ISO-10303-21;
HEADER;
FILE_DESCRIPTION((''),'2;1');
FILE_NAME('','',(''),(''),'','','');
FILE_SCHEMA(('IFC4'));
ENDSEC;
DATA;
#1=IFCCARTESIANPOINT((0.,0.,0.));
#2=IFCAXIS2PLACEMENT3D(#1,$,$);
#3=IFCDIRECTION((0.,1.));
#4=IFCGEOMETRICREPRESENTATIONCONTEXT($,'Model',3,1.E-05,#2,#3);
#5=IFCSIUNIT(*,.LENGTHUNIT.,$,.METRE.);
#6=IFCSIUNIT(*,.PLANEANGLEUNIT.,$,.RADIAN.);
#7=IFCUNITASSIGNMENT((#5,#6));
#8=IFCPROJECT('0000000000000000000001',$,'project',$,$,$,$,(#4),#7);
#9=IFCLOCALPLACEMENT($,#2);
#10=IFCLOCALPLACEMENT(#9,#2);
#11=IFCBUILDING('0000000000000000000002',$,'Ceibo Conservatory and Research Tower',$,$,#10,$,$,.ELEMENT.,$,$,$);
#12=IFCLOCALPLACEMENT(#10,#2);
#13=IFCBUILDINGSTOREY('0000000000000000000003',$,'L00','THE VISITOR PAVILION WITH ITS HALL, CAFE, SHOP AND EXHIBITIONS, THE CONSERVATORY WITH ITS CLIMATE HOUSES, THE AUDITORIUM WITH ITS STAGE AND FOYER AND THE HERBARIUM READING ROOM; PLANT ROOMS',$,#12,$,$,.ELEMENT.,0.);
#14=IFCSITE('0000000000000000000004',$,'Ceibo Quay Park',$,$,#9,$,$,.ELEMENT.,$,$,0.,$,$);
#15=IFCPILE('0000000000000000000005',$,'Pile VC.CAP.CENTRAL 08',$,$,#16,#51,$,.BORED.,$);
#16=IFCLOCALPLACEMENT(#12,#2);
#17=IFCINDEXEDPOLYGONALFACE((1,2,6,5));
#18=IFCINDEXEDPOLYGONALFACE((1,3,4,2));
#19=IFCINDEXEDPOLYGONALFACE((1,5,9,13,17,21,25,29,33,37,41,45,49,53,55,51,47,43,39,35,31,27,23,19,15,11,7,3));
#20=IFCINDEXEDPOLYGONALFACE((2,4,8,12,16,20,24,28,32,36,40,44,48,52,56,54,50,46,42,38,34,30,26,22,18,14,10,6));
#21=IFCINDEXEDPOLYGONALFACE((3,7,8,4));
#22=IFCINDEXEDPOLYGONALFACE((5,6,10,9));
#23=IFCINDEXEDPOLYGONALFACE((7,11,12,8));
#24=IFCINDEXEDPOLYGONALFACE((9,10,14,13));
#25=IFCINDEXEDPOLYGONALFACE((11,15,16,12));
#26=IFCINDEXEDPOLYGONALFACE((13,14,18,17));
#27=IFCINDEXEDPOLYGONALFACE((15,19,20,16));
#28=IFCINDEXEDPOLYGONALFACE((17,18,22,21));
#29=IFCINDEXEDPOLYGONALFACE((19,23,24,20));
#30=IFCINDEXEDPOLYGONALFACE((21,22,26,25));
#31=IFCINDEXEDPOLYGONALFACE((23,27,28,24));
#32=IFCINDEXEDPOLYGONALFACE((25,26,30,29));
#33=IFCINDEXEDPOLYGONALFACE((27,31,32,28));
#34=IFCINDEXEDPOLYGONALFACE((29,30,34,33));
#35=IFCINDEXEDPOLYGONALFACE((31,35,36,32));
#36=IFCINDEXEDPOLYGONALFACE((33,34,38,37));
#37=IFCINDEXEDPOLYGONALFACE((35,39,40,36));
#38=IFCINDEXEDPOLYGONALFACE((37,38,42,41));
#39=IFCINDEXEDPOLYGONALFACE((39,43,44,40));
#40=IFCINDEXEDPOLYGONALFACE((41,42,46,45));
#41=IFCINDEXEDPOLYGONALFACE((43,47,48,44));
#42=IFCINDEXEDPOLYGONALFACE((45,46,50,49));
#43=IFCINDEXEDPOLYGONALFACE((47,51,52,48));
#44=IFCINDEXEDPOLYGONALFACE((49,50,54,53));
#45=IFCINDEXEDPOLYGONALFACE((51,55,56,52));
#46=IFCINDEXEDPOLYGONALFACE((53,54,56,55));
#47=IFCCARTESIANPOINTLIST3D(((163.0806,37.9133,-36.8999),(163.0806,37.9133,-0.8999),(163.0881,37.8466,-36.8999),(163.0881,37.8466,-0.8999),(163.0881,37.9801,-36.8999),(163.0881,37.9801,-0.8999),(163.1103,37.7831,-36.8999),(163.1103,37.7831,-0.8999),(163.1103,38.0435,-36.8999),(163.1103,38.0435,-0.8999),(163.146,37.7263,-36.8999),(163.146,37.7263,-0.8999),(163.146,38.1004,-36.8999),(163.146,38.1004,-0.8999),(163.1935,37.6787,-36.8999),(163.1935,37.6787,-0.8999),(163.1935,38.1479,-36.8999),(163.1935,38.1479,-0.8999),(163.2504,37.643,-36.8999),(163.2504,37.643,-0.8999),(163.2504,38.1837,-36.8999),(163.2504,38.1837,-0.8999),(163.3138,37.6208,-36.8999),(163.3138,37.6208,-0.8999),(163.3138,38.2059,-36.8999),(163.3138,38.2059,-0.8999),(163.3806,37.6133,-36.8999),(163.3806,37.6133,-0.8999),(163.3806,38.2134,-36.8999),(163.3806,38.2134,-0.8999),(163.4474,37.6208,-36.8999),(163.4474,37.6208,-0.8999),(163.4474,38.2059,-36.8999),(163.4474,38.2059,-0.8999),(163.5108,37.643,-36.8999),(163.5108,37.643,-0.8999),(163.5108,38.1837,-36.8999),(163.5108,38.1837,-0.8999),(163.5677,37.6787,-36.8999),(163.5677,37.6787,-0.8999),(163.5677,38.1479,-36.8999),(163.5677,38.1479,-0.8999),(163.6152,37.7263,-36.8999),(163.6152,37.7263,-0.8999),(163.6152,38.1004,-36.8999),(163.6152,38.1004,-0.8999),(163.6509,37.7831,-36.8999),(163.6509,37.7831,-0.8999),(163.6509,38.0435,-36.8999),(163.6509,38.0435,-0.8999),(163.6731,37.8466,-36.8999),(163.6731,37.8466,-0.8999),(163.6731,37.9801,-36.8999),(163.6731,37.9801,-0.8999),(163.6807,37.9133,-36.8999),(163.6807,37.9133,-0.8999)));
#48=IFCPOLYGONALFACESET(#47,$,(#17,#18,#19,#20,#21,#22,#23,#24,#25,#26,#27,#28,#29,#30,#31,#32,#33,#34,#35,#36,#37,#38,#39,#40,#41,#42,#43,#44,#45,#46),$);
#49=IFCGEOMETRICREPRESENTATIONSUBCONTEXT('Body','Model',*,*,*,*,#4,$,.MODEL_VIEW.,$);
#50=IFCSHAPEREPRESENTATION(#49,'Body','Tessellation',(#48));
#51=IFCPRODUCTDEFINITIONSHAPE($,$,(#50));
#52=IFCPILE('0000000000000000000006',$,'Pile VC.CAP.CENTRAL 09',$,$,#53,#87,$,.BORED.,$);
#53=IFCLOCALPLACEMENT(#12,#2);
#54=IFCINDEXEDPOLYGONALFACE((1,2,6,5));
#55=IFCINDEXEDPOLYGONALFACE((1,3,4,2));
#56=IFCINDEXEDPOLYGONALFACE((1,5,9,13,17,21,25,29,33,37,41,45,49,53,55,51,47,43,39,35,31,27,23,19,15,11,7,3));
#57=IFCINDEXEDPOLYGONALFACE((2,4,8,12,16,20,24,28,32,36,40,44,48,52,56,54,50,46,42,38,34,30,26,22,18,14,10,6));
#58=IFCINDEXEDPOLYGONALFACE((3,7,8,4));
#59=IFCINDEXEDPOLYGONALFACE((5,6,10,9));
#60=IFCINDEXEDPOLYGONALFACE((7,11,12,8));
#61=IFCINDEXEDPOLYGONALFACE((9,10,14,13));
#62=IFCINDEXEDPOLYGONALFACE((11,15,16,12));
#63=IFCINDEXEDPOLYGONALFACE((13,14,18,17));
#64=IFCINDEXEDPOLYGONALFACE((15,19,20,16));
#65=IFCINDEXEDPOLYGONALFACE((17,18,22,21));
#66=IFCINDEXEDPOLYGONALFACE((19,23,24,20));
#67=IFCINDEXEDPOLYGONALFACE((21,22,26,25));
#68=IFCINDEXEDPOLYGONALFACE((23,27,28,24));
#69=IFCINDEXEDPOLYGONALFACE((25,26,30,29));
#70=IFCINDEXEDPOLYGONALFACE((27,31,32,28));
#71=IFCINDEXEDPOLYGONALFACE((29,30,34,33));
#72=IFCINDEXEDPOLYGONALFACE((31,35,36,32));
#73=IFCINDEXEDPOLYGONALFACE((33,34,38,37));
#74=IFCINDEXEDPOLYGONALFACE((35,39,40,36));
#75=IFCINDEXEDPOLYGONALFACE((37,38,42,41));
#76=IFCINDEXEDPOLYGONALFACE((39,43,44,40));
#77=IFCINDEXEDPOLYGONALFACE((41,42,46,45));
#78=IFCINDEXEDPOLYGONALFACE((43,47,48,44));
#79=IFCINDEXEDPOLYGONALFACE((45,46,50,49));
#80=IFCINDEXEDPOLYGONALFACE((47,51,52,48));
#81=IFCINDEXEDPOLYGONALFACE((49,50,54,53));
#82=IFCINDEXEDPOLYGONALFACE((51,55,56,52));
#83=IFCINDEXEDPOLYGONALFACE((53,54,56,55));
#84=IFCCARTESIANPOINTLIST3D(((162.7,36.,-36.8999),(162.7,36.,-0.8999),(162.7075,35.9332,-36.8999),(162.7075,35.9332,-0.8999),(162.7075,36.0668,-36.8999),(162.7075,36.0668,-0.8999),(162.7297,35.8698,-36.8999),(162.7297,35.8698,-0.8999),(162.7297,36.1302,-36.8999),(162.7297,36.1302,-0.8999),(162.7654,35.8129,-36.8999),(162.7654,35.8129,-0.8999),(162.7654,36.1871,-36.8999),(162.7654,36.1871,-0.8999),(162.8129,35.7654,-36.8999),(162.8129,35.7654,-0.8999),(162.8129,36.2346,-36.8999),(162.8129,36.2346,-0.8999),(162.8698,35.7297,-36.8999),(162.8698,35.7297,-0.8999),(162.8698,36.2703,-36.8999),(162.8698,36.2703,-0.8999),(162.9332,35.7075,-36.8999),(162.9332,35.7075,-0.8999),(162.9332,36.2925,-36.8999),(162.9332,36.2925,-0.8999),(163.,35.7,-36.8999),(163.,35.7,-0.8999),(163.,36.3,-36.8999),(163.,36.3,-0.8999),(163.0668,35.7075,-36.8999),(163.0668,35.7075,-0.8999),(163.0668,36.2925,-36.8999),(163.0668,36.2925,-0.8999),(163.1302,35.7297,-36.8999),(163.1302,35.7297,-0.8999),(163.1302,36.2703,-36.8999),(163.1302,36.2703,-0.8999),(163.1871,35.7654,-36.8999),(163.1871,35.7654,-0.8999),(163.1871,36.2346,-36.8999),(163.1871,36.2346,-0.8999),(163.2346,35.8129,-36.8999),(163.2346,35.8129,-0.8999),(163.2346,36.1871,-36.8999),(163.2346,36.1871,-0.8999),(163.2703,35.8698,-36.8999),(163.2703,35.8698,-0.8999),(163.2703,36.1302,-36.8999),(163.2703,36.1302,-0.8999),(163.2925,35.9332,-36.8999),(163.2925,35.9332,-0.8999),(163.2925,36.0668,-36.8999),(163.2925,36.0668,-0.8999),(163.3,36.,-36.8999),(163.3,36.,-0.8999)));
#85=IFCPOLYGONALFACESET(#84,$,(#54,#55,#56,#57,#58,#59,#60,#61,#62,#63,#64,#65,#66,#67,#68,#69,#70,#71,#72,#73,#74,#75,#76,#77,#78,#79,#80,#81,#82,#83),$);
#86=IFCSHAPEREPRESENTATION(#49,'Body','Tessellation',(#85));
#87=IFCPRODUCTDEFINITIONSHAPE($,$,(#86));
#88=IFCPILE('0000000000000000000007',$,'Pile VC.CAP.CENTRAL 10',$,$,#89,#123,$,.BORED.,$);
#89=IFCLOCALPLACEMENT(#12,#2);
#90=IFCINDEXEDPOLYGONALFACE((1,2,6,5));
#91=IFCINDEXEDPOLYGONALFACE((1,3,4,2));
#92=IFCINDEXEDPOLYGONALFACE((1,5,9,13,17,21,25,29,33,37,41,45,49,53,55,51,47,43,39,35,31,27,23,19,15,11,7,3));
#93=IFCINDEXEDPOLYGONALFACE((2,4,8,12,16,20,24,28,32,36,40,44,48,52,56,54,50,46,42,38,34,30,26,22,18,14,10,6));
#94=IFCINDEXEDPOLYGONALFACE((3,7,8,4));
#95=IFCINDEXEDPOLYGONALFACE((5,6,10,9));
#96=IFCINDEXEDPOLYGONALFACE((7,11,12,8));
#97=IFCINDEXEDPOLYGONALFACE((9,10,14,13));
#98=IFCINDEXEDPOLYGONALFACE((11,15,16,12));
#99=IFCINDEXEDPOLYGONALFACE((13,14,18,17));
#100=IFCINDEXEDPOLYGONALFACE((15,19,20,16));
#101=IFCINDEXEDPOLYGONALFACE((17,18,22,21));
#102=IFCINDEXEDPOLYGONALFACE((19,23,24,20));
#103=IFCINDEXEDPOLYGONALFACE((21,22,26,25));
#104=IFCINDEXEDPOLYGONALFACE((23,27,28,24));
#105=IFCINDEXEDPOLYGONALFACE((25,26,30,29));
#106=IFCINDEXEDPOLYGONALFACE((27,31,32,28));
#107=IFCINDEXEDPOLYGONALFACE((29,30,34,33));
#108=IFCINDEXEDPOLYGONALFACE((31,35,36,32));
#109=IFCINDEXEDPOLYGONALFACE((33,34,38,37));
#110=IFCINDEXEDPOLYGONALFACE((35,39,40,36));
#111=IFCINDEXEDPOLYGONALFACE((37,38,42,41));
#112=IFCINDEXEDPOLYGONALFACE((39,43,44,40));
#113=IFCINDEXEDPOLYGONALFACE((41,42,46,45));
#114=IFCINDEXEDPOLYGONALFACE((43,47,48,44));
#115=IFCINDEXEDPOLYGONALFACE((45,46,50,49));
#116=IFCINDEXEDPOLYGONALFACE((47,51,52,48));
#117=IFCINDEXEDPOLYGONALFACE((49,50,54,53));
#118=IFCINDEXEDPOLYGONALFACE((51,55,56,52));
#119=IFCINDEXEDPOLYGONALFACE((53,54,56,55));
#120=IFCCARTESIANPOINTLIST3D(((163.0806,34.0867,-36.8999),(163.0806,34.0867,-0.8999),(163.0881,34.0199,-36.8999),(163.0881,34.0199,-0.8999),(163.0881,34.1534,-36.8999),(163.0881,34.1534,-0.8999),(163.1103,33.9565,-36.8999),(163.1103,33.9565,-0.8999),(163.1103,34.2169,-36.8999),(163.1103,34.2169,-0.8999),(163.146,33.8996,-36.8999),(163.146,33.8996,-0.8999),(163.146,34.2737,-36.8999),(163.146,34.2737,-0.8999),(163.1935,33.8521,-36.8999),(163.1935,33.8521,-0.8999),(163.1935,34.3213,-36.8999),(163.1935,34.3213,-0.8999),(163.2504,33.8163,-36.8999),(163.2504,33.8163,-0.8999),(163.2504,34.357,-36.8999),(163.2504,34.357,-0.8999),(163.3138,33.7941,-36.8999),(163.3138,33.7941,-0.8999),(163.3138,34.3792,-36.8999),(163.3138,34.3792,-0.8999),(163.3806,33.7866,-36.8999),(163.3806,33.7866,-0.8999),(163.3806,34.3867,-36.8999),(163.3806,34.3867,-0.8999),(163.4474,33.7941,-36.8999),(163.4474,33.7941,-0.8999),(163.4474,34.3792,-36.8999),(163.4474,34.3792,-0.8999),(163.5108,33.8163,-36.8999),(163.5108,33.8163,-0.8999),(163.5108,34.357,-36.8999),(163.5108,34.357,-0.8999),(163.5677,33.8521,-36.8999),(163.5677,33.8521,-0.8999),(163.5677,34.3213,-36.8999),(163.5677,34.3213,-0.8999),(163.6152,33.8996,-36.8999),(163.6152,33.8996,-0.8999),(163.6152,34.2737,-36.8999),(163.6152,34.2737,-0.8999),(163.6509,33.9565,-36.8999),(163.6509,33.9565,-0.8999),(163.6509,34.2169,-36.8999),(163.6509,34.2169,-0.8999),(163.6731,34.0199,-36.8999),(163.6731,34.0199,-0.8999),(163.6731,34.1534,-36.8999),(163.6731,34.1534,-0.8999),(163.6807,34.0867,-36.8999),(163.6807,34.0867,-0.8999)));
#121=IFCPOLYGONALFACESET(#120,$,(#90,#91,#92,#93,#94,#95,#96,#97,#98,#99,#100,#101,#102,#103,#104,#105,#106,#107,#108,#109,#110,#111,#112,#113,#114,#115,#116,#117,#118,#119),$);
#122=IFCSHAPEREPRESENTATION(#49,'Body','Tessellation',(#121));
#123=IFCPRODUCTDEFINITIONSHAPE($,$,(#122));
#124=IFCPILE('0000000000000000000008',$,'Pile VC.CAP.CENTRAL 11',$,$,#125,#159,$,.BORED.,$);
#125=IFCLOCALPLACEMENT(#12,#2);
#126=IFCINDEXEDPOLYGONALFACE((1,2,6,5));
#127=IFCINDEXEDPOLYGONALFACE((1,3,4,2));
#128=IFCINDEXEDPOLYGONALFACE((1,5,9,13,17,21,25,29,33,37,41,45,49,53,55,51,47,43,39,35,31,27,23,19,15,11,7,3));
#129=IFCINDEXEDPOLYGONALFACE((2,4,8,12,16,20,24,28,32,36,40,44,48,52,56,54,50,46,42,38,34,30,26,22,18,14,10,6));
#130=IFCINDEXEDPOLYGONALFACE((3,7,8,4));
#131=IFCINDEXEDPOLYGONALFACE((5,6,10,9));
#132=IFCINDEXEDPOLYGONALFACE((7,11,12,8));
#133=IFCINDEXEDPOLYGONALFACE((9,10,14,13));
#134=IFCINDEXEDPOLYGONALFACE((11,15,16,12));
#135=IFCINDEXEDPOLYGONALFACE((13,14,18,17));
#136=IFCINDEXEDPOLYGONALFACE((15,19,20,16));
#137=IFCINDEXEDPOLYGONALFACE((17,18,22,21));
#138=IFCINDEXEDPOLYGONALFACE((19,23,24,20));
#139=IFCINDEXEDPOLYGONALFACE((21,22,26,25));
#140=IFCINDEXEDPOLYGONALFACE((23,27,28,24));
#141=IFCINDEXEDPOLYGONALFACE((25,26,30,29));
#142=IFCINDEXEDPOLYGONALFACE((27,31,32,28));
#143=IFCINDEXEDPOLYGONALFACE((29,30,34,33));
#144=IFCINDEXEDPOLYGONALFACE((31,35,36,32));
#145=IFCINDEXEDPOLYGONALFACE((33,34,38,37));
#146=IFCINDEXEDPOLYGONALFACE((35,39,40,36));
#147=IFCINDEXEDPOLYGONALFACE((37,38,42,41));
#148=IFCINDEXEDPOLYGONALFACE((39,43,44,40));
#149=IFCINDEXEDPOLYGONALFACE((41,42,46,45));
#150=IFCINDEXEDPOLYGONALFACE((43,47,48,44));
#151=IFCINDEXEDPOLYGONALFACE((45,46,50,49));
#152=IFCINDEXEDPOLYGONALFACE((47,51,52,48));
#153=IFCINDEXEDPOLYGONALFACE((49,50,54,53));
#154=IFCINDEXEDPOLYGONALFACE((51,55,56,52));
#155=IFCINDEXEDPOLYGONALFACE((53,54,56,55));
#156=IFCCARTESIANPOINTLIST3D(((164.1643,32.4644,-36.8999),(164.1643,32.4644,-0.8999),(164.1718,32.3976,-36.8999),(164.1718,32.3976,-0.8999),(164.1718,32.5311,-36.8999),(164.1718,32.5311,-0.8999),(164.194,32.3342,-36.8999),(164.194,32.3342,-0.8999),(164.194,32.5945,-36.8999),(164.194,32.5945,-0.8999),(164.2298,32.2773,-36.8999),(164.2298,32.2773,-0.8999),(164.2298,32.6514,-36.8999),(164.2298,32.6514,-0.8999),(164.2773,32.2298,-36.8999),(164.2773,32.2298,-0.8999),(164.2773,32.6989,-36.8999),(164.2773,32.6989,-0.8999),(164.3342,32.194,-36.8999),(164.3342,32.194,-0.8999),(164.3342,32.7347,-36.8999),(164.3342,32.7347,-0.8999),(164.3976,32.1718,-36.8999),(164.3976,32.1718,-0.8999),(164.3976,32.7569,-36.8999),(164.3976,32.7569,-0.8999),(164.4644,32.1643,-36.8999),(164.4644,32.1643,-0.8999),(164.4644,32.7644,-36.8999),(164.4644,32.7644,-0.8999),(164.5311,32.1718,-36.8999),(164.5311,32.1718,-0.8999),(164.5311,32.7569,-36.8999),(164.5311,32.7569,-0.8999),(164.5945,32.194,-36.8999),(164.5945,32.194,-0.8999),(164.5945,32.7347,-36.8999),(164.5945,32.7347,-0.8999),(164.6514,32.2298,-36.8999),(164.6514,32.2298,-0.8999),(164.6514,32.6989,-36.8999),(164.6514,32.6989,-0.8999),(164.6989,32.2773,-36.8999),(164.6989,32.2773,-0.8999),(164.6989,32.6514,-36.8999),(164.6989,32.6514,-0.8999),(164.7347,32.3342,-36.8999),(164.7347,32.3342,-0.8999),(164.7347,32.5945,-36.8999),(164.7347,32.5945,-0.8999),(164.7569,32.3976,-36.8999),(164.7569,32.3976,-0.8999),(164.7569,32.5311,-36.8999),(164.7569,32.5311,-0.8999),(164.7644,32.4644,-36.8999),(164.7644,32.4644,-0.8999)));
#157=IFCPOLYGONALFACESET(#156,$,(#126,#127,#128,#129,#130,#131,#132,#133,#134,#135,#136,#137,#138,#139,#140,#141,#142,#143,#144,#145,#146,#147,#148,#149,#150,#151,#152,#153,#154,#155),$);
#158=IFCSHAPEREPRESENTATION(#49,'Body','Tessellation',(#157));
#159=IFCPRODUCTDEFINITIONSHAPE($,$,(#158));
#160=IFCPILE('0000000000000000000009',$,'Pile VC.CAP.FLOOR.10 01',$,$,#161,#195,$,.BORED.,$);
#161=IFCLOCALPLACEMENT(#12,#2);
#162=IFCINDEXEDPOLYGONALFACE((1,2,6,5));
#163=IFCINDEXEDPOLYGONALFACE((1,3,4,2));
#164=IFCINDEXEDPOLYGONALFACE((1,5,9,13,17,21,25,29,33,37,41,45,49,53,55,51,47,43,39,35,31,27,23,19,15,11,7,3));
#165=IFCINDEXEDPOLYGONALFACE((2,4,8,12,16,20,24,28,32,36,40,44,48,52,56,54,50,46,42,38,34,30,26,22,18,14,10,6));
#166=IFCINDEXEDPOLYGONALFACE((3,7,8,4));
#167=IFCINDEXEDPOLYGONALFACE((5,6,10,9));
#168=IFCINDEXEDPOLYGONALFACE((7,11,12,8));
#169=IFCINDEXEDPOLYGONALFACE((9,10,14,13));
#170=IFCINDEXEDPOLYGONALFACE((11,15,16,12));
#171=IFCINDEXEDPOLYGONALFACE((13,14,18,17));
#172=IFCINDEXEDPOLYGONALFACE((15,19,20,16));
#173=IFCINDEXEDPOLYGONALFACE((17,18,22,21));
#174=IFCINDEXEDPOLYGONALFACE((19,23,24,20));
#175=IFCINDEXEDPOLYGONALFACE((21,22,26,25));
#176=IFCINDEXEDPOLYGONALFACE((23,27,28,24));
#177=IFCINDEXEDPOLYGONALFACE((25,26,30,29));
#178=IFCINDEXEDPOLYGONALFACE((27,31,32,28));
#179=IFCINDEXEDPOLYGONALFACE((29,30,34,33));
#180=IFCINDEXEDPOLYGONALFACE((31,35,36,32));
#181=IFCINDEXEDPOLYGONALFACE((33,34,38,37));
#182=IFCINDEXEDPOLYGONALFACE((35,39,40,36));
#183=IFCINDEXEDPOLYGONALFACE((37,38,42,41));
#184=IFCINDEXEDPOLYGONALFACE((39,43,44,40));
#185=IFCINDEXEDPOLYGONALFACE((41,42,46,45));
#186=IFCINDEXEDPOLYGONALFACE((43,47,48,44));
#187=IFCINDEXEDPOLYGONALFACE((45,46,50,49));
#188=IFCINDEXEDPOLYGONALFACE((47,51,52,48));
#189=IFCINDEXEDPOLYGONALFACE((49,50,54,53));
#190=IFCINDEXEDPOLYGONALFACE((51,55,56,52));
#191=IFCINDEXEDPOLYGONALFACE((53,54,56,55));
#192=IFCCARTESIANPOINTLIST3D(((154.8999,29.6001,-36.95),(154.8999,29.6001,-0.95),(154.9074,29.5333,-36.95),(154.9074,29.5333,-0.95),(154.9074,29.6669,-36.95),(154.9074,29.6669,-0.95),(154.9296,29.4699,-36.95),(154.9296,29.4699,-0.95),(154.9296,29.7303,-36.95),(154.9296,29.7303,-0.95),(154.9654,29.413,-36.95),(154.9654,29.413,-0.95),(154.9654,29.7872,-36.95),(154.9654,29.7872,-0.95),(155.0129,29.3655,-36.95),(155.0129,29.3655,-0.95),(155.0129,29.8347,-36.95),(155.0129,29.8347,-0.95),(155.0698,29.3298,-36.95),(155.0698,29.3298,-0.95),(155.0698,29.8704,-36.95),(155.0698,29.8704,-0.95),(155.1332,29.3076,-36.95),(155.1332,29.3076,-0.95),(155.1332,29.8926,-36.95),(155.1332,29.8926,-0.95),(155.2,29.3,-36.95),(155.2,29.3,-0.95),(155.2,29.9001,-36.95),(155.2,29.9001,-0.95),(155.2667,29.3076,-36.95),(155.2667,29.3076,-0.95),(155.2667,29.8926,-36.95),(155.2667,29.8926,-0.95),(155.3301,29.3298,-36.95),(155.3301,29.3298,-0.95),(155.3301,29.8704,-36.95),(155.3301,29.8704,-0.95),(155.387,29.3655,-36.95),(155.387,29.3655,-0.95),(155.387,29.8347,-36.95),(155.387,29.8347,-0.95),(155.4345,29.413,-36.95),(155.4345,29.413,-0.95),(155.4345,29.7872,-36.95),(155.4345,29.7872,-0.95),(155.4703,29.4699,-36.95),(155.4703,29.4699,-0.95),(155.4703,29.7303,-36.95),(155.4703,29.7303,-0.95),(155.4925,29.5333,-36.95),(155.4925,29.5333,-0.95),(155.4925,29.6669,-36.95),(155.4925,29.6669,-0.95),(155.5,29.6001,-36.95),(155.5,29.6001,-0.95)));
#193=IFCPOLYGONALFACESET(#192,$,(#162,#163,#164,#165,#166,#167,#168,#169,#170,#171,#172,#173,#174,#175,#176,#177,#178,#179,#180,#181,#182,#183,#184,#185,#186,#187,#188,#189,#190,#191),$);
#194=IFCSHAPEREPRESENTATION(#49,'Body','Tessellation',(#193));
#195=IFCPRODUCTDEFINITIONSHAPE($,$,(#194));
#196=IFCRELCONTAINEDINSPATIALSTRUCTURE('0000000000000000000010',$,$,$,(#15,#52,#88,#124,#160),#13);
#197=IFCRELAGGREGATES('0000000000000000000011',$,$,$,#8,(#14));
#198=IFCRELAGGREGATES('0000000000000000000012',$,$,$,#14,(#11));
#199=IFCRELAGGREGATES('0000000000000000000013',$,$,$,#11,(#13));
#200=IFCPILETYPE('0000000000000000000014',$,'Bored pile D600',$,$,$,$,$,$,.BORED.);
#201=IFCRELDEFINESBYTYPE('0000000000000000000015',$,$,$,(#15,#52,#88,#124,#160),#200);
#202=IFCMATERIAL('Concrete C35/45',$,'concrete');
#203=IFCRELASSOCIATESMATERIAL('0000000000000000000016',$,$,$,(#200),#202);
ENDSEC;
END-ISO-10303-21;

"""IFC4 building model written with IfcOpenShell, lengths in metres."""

from ifc_helpers import new_model, si_unit, direction, frame, origin, origin_2d, place, context, subcontext, project, spatial, circle, extrude, material, material_profile, profile_set, type_object, element, save


model = new_model("IFC4")

# Units and contexts
model_context = context("Model", 3, precision=1e-05, world=origin(), true_north=direction((0.0, 1.0)))
body_context = subcontext(model_context, "Body", "Model", "MODEL_VIEW")
ifc_project = project(units=[si_unit("LENGTHUNIT", "METRE"), si_unit("PLANEANGLEUNIT", "RADIAN")], contexts=[model_context])

# Site, building, storey
site_placement = place(None, origin())
site = spatial("IfcSite", under=ifc_project, at=site_placement, Name="Ceibo Quay Park", CompositionType="ELEMENT", RefElevation=0.0)
building_placement = place(site_placement, origin())
building = spatial("IfcBuilding", under=site, at=building_placement, Name="Ceibo Conservatory and Research Tower", CompositionType="ELEMENT")
storey_placement = place(building_placement, origin())
storey = spatial("IfcBuildingStorey", under=building, at=storey_placement, Name="L00", Description="THE VISITOR PAVILION WITH ITS HALL, CAFE, SHOP AND EXHIBITIONS, THE CONSERVATORY WITH ITS CLIMATE HOUSES, THE AUDITORIUM WITH ITS STAGE AND FOYER AND THE HERBARIUM READING ROOM; PLANT ROOMS", CompositionType="ELEMENT", Elevation=0.0)

# Piles
ifc_material_1 = material(Name="Concrete C35/45", Category="concrete")
ifc_material_profile_1 = material_profile(ifc_material_1, circle(Radius=0.3, at=origin_2d()), Name="RC D600")
ifc_profile_set_1 = profile_set([ifc_material_profile_1], Name="Concrete C35/45")
pile_type = type_object("IfcPileType", Name="Bored pile D600", PredefinedType="BORED", material=ifc_profile_set_1)
for number, where, z_axis, x_axis, name in (
    (1, (163.3806, 37.9133, -0.8999), (0.0, 0.0, -1.0), (1.0, 0.0, 0.0), "Pile VC.CAP.CENTRAL 08"),
    (2, (163.0, 36.0, -0.8999), (0.0, 0.0, -1.0), (1.0, 0.0, 0.0), "Pile VC.CAP.CENTRAL 09"),
    (3, (163.3806, 34.0867, -0.8999), (0.0, 0.0, -1.0), (1.0, 0.0, 0.0), "Pile VC.CAP.CENTRAL 10"),
    (4, (164.4644, 32.4644, -0.8999), (0.0, 0.0, -1.0), (1.0, 0.0, 0.0), "Pile VC.CAP.CENTRAL 11"),
    (5, (155.2, 29.6001, -0.95), (0.0, 0.0, -1.0), (1.0, 0.0, 0.0), "Pile VC.CAP.FLOOR.10 01"),
):
    element("IfcPile", number, at=place(storey_placement, frame(where, z_axis=z_axis, x_axis=x_axis)), inside=storey, type_object=pile_type, Name=name, PredefinedType="BORED", context=body_context, shape_type="SweptSolid", body=[
        extrude(circle(Radius=0.3, at=origin_2d()), origin(), (0.0, 0.0, 1.0), 36.0),
    ])

save(model, "model.ifc")
